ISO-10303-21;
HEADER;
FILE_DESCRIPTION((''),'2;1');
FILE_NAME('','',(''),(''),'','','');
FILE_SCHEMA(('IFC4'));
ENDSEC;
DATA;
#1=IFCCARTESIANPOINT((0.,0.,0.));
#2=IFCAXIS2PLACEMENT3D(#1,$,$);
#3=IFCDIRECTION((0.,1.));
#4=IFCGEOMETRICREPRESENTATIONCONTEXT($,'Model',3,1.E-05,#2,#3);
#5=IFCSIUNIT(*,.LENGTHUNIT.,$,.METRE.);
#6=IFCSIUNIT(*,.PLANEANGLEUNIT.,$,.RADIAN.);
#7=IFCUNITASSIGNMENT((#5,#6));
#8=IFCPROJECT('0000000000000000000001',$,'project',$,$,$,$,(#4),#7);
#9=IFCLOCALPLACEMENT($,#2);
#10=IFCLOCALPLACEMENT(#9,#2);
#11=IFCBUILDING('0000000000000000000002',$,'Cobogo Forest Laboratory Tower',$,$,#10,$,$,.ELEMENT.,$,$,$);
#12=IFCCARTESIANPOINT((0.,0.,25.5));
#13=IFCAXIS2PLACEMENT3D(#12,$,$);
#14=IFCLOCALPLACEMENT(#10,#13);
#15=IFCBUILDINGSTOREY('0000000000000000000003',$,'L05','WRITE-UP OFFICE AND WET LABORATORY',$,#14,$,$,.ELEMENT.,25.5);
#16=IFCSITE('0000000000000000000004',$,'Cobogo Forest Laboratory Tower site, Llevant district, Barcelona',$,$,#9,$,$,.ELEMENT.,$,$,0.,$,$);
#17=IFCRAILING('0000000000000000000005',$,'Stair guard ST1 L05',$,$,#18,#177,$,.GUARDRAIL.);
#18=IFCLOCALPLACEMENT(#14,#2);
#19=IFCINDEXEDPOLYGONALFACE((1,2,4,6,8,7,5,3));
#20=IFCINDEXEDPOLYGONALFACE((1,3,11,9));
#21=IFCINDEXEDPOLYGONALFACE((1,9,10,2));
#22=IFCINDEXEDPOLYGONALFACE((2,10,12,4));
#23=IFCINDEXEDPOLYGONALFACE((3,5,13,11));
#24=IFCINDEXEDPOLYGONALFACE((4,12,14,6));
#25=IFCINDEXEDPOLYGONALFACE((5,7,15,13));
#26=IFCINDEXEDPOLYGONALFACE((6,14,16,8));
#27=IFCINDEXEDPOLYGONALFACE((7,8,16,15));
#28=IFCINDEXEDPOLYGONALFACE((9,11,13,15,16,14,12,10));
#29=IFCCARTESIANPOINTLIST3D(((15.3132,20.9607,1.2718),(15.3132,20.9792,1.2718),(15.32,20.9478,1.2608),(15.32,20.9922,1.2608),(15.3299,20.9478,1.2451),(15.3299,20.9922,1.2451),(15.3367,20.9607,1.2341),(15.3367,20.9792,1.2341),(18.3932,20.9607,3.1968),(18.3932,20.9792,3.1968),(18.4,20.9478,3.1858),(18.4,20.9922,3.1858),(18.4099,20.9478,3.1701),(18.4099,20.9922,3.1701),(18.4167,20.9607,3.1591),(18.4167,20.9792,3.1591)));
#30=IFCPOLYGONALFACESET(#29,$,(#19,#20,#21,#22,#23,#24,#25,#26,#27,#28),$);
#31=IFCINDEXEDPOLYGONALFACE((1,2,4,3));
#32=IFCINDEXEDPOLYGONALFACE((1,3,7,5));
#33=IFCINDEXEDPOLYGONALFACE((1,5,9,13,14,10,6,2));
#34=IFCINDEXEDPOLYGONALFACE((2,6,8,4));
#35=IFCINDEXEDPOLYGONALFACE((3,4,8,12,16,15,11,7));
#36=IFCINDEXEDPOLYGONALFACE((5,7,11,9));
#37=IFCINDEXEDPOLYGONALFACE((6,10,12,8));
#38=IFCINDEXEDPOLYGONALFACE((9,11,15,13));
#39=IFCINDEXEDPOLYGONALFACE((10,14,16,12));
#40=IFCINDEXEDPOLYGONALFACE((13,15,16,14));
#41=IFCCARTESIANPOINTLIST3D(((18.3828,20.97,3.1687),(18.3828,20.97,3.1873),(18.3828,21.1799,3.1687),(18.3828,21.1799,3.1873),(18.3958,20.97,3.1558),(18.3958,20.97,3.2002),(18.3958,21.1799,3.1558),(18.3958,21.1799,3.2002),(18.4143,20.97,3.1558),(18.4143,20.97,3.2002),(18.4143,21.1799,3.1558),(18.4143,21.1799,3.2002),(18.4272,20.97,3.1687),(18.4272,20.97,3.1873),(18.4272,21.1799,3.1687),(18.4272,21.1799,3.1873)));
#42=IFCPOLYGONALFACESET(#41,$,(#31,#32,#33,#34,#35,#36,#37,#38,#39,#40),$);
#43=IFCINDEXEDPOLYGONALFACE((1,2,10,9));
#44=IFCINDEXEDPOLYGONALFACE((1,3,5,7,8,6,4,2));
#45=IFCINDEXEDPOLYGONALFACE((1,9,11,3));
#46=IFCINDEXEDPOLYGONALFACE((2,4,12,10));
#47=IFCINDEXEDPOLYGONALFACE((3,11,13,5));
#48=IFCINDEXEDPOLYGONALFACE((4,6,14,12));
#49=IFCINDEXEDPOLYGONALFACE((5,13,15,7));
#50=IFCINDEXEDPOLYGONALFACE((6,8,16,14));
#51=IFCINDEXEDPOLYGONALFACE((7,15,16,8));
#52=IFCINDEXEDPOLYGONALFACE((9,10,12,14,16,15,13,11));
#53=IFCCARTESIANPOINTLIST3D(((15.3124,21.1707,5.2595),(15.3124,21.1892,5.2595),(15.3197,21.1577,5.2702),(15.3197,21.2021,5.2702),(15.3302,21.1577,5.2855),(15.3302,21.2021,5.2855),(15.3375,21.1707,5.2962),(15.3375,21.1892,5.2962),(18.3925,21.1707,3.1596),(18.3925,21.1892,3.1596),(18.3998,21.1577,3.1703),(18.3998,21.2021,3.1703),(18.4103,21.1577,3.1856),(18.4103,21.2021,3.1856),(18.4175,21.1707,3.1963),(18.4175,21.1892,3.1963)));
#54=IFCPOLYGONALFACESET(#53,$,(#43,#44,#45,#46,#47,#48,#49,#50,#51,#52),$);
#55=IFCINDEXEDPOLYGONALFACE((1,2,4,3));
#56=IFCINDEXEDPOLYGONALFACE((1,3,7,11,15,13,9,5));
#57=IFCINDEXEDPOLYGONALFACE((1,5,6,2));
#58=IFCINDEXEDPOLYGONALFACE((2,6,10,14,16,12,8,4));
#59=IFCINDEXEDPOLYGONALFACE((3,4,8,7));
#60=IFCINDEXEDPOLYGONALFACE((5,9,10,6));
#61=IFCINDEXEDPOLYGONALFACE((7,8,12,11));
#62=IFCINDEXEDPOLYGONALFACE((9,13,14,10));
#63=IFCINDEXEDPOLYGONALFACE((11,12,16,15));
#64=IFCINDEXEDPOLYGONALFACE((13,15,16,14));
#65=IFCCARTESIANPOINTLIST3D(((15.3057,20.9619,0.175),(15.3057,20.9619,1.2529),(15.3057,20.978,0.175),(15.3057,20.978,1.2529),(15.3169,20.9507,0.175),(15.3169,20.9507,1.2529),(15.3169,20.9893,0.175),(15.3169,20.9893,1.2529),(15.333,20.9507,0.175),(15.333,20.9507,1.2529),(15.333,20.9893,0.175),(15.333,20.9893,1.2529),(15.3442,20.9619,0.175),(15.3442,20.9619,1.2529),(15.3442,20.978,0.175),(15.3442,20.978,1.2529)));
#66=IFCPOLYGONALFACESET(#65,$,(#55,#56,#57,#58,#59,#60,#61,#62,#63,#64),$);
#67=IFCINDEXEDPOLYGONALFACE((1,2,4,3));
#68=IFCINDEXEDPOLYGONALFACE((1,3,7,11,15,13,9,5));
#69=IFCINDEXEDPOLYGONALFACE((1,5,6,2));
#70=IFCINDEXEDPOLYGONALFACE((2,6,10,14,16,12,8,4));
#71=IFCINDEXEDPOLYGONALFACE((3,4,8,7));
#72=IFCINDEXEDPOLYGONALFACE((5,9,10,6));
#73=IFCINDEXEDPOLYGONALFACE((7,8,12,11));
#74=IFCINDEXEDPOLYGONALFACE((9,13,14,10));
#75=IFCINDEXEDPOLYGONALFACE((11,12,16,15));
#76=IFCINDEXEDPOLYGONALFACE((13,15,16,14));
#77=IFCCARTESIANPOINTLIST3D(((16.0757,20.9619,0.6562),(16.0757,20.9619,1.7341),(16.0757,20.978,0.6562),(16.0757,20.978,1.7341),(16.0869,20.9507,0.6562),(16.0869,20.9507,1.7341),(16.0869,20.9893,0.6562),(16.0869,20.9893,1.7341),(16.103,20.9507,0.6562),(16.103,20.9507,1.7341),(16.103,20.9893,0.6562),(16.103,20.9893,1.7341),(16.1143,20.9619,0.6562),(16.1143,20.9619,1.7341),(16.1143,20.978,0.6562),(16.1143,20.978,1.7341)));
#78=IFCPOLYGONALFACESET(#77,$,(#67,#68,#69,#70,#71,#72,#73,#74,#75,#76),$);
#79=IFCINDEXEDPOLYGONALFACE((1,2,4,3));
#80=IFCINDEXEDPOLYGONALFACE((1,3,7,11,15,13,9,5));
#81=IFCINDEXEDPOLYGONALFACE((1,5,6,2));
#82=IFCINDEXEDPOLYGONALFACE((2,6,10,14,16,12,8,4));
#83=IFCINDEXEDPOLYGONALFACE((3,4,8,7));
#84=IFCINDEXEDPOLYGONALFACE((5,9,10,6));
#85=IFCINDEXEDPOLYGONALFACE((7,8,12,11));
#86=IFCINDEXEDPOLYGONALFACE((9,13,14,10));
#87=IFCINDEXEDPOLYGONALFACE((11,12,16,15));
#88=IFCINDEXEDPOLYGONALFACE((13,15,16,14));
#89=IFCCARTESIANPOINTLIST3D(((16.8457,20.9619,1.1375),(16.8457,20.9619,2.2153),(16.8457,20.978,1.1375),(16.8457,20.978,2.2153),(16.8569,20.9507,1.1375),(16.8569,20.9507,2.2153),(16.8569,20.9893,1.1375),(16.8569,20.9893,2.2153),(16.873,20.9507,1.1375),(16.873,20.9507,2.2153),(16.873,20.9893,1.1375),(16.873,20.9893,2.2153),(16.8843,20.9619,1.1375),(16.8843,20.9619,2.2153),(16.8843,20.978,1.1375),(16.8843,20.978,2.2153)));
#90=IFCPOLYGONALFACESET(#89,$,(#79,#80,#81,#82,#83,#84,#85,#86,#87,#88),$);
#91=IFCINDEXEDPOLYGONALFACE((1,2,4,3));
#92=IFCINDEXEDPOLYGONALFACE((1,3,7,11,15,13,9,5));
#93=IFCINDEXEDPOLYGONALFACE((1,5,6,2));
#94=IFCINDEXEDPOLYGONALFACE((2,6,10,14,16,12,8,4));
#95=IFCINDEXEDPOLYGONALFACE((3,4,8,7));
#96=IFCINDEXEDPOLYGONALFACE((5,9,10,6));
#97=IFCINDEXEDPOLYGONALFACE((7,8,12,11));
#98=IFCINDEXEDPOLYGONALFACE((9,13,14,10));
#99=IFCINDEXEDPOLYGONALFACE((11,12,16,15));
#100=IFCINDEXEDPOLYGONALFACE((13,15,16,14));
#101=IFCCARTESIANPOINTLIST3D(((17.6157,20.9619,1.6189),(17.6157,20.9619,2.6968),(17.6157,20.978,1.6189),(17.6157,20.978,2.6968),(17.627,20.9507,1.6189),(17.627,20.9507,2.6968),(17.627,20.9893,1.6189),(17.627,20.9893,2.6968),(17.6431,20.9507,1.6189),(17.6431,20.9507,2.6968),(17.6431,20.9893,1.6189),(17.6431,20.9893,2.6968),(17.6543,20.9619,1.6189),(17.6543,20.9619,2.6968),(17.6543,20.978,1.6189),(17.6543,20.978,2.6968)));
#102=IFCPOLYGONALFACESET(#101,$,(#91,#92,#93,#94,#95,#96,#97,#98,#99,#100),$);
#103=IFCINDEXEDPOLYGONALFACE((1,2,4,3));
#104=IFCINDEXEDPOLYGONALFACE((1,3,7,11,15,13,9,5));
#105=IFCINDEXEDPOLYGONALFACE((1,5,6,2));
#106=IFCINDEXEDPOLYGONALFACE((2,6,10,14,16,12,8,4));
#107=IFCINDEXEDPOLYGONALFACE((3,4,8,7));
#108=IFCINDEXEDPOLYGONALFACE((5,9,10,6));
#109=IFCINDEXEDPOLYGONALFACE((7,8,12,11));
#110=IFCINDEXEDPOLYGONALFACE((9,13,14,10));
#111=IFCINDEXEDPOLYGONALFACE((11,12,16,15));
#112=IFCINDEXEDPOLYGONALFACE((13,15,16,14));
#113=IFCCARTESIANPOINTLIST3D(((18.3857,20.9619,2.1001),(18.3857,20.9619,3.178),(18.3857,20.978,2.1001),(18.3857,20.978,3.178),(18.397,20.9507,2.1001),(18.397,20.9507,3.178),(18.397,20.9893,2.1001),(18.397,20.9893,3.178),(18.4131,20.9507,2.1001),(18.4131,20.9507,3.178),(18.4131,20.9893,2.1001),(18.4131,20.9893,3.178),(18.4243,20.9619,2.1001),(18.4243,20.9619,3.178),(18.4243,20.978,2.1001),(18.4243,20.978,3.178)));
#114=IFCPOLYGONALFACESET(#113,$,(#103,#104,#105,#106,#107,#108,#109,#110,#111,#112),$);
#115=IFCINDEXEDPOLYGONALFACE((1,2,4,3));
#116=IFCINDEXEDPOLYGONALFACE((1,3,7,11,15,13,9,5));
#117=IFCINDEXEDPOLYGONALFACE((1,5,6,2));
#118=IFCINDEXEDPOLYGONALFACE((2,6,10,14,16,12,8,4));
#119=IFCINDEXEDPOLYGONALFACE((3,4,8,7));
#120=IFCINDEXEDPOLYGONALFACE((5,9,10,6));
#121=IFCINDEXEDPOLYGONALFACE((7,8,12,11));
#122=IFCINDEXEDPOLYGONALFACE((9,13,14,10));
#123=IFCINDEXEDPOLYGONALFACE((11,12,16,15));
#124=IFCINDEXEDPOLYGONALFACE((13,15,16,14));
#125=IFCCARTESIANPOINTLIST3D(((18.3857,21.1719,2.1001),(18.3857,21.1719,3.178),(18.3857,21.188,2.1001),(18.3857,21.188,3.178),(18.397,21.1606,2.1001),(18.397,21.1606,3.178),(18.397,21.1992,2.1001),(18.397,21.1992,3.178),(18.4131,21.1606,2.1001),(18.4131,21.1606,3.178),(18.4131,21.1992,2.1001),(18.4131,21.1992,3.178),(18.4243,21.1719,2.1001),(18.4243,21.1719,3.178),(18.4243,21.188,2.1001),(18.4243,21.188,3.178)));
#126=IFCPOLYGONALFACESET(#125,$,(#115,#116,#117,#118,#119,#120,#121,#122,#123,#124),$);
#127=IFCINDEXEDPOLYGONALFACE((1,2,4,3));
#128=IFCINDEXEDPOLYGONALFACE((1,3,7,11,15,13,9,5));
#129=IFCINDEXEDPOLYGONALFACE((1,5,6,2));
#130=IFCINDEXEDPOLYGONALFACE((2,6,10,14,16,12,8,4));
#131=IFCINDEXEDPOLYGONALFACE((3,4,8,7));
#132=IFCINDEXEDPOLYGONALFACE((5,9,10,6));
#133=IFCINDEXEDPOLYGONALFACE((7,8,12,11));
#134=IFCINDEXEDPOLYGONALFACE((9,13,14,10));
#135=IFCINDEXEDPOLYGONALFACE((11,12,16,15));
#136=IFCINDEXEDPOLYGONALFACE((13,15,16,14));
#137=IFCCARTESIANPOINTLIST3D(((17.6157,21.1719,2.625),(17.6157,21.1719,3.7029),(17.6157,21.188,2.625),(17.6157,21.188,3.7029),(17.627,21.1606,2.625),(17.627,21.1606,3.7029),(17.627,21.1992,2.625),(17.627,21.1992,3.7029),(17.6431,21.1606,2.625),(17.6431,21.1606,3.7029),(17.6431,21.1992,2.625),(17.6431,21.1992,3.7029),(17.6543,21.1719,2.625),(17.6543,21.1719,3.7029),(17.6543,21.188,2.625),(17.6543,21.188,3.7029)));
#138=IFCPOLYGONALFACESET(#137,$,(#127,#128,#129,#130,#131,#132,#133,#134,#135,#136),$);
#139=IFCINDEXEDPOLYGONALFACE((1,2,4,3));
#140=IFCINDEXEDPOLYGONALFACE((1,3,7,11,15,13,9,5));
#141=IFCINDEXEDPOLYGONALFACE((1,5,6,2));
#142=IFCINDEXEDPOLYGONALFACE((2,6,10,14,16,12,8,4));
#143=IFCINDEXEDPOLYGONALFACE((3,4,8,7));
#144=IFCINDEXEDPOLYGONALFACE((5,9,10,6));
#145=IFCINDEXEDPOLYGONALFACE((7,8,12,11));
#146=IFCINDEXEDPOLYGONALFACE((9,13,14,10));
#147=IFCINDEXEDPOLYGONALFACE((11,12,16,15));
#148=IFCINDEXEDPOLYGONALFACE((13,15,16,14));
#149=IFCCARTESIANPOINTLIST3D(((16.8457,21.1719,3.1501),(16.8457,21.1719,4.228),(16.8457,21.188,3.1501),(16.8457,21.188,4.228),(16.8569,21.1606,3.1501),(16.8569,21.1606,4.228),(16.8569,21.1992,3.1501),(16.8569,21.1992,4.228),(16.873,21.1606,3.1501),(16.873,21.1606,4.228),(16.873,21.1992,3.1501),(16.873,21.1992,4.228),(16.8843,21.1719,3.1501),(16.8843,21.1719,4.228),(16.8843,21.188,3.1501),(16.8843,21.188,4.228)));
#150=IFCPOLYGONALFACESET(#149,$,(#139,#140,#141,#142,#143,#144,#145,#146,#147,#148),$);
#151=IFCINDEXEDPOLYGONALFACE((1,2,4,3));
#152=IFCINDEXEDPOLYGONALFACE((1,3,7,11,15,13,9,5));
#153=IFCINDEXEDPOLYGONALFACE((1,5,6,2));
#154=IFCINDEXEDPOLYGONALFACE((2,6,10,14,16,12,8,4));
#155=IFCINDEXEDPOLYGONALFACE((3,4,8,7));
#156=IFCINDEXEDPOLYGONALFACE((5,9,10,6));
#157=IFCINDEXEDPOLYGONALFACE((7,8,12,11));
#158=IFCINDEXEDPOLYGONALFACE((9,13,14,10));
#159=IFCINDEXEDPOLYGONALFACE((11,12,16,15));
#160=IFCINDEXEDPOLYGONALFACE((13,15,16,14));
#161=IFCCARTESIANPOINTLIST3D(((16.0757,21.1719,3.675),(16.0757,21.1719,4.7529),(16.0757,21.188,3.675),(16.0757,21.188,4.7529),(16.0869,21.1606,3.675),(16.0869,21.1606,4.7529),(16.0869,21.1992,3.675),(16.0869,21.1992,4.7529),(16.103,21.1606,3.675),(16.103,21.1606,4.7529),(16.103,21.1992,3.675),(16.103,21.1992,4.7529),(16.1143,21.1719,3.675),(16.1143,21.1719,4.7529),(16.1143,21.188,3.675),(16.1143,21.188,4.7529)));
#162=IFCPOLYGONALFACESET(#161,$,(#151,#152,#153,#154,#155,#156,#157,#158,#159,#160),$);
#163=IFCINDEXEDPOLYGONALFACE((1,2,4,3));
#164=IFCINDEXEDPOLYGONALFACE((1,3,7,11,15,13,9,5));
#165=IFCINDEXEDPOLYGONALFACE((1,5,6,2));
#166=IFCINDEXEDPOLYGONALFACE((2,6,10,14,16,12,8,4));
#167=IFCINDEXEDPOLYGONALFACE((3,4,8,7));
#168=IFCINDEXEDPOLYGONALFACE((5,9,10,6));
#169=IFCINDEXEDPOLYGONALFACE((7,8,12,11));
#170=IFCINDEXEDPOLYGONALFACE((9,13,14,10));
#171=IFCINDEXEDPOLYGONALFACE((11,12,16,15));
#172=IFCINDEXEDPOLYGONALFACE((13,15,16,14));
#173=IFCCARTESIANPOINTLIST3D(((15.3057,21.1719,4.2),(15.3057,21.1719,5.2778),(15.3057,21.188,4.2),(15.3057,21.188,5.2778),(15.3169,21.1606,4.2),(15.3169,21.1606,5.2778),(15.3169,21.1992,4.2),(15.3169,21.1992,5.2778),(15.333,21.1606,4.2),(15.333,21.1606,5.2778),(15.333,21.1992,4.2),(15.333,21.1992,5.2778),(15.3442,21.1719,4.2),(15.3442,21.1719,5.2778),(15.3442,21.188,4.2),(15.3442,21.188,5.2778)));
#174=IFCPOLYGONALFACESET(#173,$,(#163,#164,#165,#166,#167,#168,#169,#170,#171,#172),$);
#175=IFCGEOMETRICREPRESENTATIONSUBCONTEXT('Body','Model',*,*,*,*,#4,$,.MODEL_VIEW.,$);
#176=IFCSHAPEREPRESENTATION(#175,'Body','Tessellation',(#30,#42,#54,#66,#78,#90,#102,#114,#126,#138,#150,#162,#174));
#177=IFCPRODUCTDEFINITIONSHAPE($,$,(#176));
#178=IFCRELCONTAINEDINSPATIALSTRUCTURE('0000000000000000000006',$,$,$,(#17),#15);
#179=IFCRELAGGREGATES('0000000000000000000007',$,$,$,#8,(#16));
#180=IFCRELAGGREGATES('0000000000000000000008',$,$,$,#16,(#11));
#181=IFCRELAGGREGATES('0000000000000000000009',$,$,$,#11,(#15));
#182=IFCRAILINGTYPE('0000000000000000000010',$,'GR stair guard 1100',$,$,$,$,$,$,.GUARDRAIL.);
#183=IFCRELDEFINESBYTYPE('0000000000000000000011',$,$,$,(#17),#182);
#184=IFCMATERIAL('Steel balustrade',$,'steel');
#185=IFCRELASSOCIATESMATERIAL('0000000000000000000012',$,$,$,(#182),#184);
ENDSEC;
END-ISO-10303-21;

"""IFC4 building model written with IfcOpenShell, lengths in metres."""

from ifc_helpers import new_model, si_unit, direction, frame, origin, place, context, subcontext, project, spatial, polyline, outline, extrude, material, type_object, element, save


model = new_model("IFC4")

# Units and contexts
model_context = context("Model", 3, precision=1e-05, world=origin(), true_north=direction((0.0, 1.0)))
body_context = subcontext(model_context, "Body", "Model", "MODEL_VIEW")
ifc_project = project(units=[si_unit("LENGTHUNIT", "METRE"), si_unit("PLANEANGLEUNIT", "RADIAN")], contexts=[model_context])

# Site, building, storey
site_placement = place(None, origin())
site = spatial("IfcSite", under=ifc_project, at=site_placement, Name="Cobogo Forest Laboratory Tower site, Llevant district, Barcelona", CompositionType="ELEMENT", RefElevation=0.0)
building_placement = place(site_placement, origin())
building = spatial("IfcBuilding", under=site, at=building_placement, Name="Cobogo Forest Laboratory Tower", CompositionType="ELEMENT")
storey_placement = place(building_placement, frame((0.0, 0.0, 25.5)))
storey = spatial("IfcBuildingStorey", under=building, at=storey_placement, Name="L05", Description="WRITE-UP OFFICE AND WET LABORATORY", CompositionType="ELEMENT", Elevation=25.5)

# Railing
ifc_material_1 = material(Name="Steel balustrade", Category="steel")
railing_type_1 = type_object("IfcRailingType", Name="GR stair guard 1100", PredefinedType="GUARDRAIL", material=ifc_material_1)
railing_1_placement = place(storey_placement, frame((15.325, 20.97, 0.175)))
element("IfcRailing", 1, at=railing_1_placement, inside=storey, type_object=railing_type_1, Name="Stair guard ST1 L05", PredefinedType="GUARDRAIL", context=body_context, shape_type="SweptSolid", body=[
    extrude(outline(polyline([(0.0222, 0.0093), (0.0093, 0.0222), (-0.0093, 0.0222), (-0.0222, 0.0093), (-0.0222, -0.0093), (-0.0093, -0.0222), (0.0093, -0.0222), (0.0222, -0.0093), (0.0222, 0.0093)])), frame((0.0, 0.0, 1.0779), z_axis=(0.847998, 0.0, 0.529999), x_axis=(0.0, 1.0, 0.0)), (0.0, 0.0, 1.0), 3.6321),
    extrude(outline(polyline([(0.0222, 0.0093), (0.0093, 0.0222), (-0.0093, 0.0222), (-0.0222, 0.0093), (-0.0222, -0.0093), (-0.0093, -0.0222), (0.0093, -0.0222), (0.0222, -0.0093), (0.0222, 0.0093)])), frame((3.0801, 0.0, 3.0029), z_axis=(0.0, 1.0, 0.0), x_axis=(-1.0, 0.0, 0.0)), (0.0, 0.0, 1.0), 0.21),
    extrude(outline(polyline([(0.0222, 0.0093), (0.0093, 0.0222), (-0.0093, 0.0222), (-0.0222, 0.0093), (-0.0222, -0.0093), (-0.0093, -0.0222), (0.0093, -0.0222), (0.0222, -0.0093), (0.0222, 0.0093)])), frame((3.0801, 0.21, 3.0029), z_axis=(-0.826252, 0.0, 0.5633), x_axis=(0.0, -1.0, 0.0)), (0.0, 0.0, 1.0), 3.7278),
    extrude(outline(polyline([(0.0193, 0.0081), (0.0081, 0.0193), (-0.0081, 0.0193), (-0.0193, 0.0081), (-0.0193, -0.0081), (-0.0081, -0.0193), (0.0081, -0.0193), (0.0193, -0.0081), (0.0193, 0.0081)])), origin(), (0.0, 0.0, 1.0), 1.0779),
    extrude(outline(polyline([(0.0193, 0.0081), (0.0081, 0.0193), (-0.0081, 0.0193), (-0.0193, 0.0081), (-0.0193, -0.0081), (-0.0081, -0.0193), (0.0081, -0.0193), (0.0193, -0.0081), (0.0193, 0.0081)])), frame((0.77, 0.0, 0.4812)), (0.0, 0.0, 1.0), 1.0779),
    extrude(outline(polyline([(0.0193, 0.0081), (0.0081, 0.0193), (-0.0081, 0.0193), (-0.0193, 0.0081), (-0.0193, -0.0081), (-0.0081, -0.0193), (0.0081, -0.0193), (0.0193, -0.0081), (0.0193, 0.0081)])), frame((1.54, 0.0, 0.9624)), (0.0, 0.0, 1.0), 1.0779),
    extrude(outline(polyline([(0.0193, 0.0081), (0.0081, 0.0193), (-0.0081, 0.0193), (-0.0193, 0.0081), (-0.0193, -0.0081), (-0.0081, -0.0193), (0.0081, -0.0193), (0.0193, -0.0081), (0.0193, 0.0081)])), frame((2.3101, 0.0, 1.4438)), (0.0, 0.0, 1.0), 1.0779),
    extrude(outline(polyline([(0.0193, 0.0081), (0.0081, 0.0193), (-0.0081, 0.0193), (-0.0193, 0.0081), (-0.0193, -0.0081), (-0.0081, -0.0193), (0.0081, -0.0193), (0.0193, -0.0081), (0.0193, 0.0081)])), frame((3.0801, 0.0, 1.925)), (0.0, 0.0, 1.0), 1.0779),
    extrude(outline(polyline([(0.0193, 0.0081), (0.0081, 0.0193), (-0.0081, 0.0193), (-0.0193, 0.0081), (-0.0193, -0.0081), (-0.0081, -0.0193), (0.0081, -0.0193), (0.0193, -0.0081), (0.0193, 0.0081)])), frame((3.0801, 0.21, 1.925)), (0.0, 0.0, 1.0), 1.0779),
    extrude(outline(polyline([(0.0193, 0.0081), (0.0081, 0.0193), (-0.0081, 0.0193), (-0.0193, 0.0081), (-0.0193, -0.0081), (-0.0081, -0.0193), (0.0081, -0.0193), (0.0193, -0.0081), (0.0193, 0.0081)])), frame((2.3101, 0.21, 2.45)), (0.0, 0.0, 1.0), 1.0779),
    extrude(outline(polyline([(0.0193, 0.0081), (0.0081, 0.0193), (-0.0081, 0.0193), (-0.0193, 0.0081), (-0.0193, -0.0081), (-0.0081, -0.0193), (0.0081, -0.0193), (0.0193, -0.0081), (0.0193, 0.0081)])), frame((1.54, 0.21, 2.9751)), (0.0, 0.0, 1.0), 1.0779),
    extrude(outline(polyline([(0.0193, 0.0081), (0.0081, 0.0193), (-0.0081, 0.0193), (-0.0193, 0.0081), (-0.0193, -0.0081), (-0.0081, -0.0193), (0.0081, -0.0193), (0.0193, -0.0081), (0.0193, 0.0081)])), frame((0.77, 0.21, 3.5)), (0.0, 0.0, 1.0), 1.0779),
    extrude(outline(polyline([(0.0193, 0.0081), (0.0081, 0.0193), (-0.0081, 0.0193), (-0.0193, 0.0081), (-0.0193, -0.0081), (-0.0081, -0.0193), (0.0081, -0.0193), (0.0193, -0.0081), (0.0193, 0.0081)])), frame((0.0, 0.21, 4.0249)), (0.0, 0.0, 1.0), 1.0779),
])

save(model, "model.ifc")
